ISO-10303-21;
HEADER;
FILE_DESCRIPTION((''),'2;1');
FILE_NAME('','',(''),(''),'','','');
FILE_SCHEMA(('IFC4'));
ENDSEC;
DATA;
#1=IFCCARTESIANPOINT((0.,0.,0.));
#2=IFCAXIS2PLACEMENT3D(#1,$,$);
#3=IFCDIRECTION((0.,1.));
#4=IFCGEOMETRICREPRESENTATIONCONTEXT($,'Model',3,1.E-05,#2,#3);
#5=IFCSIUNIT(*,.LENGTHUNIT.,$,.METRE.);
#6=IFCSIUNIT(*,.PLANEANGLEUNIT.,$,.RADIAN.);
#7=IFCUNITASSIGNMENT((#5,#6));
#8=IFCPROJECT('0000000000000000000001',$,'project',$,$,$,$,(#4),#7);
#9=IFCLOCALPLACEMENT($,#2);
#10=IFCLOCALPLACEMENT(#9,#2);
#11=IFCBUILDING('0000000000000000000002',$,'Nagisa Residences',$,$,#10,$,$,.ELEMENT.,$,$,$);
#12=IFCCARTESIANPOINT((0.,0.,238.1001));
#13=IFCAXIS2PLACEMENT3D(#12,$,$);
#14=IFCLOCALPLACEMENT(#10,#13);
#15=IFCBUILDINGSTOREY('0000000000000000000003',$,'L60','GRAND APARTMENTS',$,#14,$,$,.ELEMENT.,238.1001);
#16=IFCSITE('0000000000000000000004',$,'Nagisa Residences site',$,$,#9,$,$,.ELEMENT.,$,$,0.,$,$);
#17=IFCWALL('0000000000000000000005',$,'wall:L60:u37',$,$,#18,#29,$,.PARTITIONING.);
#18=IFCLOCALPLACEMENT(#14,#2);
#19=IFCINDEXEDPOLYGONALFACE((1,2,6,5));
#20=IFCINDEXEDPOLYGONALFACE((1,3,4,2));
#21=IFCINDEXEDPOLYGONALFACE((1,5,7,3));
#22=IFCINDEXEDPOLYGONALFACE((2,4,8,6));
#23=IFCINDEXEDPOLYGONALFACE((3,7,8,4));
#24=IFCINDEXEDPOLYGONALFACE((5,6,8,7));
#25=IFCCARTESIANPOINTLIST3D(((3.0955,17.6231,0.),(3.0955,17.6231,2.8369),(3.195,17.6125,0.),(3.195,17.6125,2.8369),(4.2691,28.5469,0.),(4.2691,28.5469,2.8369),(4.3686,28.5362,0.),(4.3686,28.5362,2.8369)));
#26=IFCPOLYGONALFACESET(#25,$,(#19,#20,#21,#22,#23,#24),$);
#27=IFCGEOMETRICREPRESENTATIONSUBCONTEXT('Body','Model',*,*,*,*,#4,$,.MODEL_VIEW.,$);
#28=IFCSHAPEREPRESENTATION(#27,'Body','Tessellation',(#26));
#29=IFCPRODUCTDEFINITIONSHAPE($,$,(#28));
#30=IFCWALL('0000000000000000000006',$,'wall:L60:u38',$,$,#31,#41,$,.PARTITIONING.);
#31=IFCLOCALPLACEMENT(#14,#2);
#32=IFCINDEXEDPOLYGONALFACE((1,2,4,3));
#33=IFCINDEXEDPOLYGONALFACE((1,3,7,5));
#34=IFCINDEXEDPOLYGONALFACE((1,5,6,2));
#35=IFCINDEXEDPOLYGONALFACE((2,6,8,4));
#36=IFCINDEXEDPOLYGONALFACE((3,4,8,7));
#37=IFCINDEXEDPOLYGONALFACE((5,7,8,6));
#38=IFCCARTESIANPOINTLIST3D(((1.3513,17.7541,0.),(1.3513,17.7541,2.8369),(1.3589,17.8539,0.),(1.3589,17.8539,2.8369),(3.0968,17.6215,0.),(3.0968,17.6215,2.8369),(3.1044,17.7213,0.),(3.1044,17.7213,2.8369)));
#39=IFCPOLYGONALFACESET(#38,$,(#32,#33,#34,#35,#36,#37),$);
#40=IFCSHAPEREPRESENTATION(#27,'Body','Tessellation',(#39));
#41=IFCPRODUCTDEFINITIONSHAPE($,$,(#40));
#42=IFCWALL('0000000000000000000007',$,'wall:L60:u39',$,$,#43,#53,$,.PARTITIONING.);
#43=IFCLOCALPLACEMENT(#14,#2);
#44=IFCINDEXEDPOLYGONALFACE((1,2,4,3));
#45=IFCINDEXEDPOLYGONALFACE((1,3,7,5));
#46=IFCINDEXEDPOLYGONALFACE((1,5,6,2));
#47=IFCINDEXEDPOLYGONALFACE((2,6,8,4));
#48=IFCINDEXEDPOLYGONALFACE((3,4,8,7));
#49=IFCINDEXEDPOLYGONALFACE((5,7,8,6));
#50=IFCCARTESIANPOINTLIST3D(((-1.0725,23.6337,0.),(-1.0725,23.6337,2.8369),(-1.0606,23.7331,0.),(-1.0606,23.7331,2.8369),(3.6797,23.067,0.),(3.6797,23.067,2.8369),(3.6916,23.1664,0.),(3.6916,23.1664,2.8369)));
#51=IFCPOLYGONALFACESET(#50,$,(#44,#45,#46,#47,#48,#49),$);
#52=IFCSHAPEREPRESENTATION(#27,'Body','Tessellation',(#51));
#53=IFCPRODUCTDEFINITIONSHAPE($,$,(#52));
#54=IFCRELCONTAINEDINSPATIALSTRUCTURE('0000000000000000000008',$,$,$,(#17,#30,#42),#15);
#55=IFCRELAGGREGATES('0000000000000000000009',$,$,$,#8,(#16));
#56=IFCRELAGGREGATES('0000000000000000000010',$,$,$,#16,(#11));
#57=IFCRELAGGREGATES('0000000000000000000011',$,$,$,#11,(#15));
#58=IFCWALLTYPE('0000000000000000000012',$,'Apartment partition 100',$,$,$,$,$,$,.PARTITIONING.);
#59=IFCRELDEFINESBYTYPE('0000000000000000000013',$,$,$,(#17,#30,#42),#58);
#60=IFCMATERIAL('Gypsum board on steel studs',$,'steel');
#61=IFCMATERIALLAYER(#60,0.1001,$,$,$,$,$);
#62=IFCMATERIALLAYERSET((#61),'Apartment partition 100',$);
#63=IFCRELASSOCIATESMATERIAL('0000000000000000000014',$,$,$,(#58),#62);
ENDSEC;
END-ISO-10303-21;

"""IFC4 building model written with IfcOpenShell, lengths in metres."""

from ifc_helpers import new_model, si_unit, direction, frame, frame_2d, origin, place, context, subcontext, project, spatial, rectangle, extrude, material, layer, layer_set, type_object, element, save


model = new_model("IFC4")

# Units and contexts
model_context = context("Model", 3, precision=1e-05, world=origin(), true_north=direction((0.0, 1.0)))
body_context = subcontext(model_context, "Body", "Model", "MODEL_VIEW")
ifc_project = project(units=[si_unit("LENGTHUNIT", "METRE"), si_unit("PLANEANGLEUNIT", "RADIAN")], contexts=[model_context])

# Site, building, storey
site_placement = place(None, origin())
site = spatial("IfcSite", under=ifc_project, at=site_placement, Name="Nagisa Residences site", CompositionType="ELEMENT", RefElevation=0.0)
building_placement = place(site_placement, origin())
building = spatial("IfcBuilding", under=site, at=building_placement, Name="Nagisa Residences", CompositionType="ELEMENT")
storey_placement = place(building_placement, frame((0.0, 0.0, 238.1001)))
storey = spatial("IfcBuildingStorey", under=building, at=storey_placement, Name="L60", Description="GRAND APARTMENTS", CompositionType="ELEMENT", Elevation=238.1001)

# Shared definitions
ifc_material_1 = material(Name="Gypsum board on steel studs", Category="steel")
ifc_layer_1 = layer(ifc_material_1, 0.1001)
ifc_layer_set_1 = layer_set([ifc_layer_1], Name="Apartment partition 100")
wall_type_1 = type_object("IfcWallType", Name="Apartment partition 100", PredefinedType="PARTITIONING", material=ifc_layer_set_1)

# Walls
wall_1_placement = place(storey_placement, frame((3.1453, 17.6179, 0.0), z_axis=(0.0, 0.0, 1.0), x_axis=(0.106819, 0.994279, 0.0)))
element("IfcWall", 1, at=wall_1_placement, inside=storey, type_object=wall_type_1, Name="wall:L60:u37", PredefinedType="PARTITIONING", context=body_context, shape_type="SweptSolid", body=[
    extrude(rectangle(XDim=10.9866, YDim=0.1001, at=frame_2d((5.4932, 0.0))), origin(), (0.0, 0.0, 1.0), 2.8369),
])
wall_2_placement = place(storey_placement, frame((3.1006, 17.6714, 0.0), z_axis=(0.0, 0.0, 1.0), x_axis=(-0.997128, 0.075737, 0.0)))
element("IfcWall", 2, at=wall_2_placement, inside=storey, type_object=wall_type_1, Name="wall:L60:u38", PredefinedType="PARTITIONING", context=body_context, shape_type="SweptSolid", body=[
    extrude(rectangle(XDim=1.7505, YDim=0.1001, at=frame_2d((0.8752, 0.0))), origin(), (0.0, 0.0, 1.0), 2.8369),
])
wall_3_placement = place(storey_placement, frame((3.6858, 23.1167, 0.0), z_axis=(0.0, 0.0, 1.0), x_axis=(-0.992966, 0.118401, 0.0)))
element("IfcWall", 3, at=wall_3_placement, inside=storey, type_object=wall_type_1, Name="wall:L60:u39", PredefinedType="PARTITIONING", context=body_context, shape_type="SweptSolid", body=[
    extrude(rectangle(XDim=4.7859, YDim=0.1001, at=frame_2d((2.3931, 0.0))), origin(), (0.0, 0.0, 1.0), 2.8369),
])

save(model, "model.ifc")
